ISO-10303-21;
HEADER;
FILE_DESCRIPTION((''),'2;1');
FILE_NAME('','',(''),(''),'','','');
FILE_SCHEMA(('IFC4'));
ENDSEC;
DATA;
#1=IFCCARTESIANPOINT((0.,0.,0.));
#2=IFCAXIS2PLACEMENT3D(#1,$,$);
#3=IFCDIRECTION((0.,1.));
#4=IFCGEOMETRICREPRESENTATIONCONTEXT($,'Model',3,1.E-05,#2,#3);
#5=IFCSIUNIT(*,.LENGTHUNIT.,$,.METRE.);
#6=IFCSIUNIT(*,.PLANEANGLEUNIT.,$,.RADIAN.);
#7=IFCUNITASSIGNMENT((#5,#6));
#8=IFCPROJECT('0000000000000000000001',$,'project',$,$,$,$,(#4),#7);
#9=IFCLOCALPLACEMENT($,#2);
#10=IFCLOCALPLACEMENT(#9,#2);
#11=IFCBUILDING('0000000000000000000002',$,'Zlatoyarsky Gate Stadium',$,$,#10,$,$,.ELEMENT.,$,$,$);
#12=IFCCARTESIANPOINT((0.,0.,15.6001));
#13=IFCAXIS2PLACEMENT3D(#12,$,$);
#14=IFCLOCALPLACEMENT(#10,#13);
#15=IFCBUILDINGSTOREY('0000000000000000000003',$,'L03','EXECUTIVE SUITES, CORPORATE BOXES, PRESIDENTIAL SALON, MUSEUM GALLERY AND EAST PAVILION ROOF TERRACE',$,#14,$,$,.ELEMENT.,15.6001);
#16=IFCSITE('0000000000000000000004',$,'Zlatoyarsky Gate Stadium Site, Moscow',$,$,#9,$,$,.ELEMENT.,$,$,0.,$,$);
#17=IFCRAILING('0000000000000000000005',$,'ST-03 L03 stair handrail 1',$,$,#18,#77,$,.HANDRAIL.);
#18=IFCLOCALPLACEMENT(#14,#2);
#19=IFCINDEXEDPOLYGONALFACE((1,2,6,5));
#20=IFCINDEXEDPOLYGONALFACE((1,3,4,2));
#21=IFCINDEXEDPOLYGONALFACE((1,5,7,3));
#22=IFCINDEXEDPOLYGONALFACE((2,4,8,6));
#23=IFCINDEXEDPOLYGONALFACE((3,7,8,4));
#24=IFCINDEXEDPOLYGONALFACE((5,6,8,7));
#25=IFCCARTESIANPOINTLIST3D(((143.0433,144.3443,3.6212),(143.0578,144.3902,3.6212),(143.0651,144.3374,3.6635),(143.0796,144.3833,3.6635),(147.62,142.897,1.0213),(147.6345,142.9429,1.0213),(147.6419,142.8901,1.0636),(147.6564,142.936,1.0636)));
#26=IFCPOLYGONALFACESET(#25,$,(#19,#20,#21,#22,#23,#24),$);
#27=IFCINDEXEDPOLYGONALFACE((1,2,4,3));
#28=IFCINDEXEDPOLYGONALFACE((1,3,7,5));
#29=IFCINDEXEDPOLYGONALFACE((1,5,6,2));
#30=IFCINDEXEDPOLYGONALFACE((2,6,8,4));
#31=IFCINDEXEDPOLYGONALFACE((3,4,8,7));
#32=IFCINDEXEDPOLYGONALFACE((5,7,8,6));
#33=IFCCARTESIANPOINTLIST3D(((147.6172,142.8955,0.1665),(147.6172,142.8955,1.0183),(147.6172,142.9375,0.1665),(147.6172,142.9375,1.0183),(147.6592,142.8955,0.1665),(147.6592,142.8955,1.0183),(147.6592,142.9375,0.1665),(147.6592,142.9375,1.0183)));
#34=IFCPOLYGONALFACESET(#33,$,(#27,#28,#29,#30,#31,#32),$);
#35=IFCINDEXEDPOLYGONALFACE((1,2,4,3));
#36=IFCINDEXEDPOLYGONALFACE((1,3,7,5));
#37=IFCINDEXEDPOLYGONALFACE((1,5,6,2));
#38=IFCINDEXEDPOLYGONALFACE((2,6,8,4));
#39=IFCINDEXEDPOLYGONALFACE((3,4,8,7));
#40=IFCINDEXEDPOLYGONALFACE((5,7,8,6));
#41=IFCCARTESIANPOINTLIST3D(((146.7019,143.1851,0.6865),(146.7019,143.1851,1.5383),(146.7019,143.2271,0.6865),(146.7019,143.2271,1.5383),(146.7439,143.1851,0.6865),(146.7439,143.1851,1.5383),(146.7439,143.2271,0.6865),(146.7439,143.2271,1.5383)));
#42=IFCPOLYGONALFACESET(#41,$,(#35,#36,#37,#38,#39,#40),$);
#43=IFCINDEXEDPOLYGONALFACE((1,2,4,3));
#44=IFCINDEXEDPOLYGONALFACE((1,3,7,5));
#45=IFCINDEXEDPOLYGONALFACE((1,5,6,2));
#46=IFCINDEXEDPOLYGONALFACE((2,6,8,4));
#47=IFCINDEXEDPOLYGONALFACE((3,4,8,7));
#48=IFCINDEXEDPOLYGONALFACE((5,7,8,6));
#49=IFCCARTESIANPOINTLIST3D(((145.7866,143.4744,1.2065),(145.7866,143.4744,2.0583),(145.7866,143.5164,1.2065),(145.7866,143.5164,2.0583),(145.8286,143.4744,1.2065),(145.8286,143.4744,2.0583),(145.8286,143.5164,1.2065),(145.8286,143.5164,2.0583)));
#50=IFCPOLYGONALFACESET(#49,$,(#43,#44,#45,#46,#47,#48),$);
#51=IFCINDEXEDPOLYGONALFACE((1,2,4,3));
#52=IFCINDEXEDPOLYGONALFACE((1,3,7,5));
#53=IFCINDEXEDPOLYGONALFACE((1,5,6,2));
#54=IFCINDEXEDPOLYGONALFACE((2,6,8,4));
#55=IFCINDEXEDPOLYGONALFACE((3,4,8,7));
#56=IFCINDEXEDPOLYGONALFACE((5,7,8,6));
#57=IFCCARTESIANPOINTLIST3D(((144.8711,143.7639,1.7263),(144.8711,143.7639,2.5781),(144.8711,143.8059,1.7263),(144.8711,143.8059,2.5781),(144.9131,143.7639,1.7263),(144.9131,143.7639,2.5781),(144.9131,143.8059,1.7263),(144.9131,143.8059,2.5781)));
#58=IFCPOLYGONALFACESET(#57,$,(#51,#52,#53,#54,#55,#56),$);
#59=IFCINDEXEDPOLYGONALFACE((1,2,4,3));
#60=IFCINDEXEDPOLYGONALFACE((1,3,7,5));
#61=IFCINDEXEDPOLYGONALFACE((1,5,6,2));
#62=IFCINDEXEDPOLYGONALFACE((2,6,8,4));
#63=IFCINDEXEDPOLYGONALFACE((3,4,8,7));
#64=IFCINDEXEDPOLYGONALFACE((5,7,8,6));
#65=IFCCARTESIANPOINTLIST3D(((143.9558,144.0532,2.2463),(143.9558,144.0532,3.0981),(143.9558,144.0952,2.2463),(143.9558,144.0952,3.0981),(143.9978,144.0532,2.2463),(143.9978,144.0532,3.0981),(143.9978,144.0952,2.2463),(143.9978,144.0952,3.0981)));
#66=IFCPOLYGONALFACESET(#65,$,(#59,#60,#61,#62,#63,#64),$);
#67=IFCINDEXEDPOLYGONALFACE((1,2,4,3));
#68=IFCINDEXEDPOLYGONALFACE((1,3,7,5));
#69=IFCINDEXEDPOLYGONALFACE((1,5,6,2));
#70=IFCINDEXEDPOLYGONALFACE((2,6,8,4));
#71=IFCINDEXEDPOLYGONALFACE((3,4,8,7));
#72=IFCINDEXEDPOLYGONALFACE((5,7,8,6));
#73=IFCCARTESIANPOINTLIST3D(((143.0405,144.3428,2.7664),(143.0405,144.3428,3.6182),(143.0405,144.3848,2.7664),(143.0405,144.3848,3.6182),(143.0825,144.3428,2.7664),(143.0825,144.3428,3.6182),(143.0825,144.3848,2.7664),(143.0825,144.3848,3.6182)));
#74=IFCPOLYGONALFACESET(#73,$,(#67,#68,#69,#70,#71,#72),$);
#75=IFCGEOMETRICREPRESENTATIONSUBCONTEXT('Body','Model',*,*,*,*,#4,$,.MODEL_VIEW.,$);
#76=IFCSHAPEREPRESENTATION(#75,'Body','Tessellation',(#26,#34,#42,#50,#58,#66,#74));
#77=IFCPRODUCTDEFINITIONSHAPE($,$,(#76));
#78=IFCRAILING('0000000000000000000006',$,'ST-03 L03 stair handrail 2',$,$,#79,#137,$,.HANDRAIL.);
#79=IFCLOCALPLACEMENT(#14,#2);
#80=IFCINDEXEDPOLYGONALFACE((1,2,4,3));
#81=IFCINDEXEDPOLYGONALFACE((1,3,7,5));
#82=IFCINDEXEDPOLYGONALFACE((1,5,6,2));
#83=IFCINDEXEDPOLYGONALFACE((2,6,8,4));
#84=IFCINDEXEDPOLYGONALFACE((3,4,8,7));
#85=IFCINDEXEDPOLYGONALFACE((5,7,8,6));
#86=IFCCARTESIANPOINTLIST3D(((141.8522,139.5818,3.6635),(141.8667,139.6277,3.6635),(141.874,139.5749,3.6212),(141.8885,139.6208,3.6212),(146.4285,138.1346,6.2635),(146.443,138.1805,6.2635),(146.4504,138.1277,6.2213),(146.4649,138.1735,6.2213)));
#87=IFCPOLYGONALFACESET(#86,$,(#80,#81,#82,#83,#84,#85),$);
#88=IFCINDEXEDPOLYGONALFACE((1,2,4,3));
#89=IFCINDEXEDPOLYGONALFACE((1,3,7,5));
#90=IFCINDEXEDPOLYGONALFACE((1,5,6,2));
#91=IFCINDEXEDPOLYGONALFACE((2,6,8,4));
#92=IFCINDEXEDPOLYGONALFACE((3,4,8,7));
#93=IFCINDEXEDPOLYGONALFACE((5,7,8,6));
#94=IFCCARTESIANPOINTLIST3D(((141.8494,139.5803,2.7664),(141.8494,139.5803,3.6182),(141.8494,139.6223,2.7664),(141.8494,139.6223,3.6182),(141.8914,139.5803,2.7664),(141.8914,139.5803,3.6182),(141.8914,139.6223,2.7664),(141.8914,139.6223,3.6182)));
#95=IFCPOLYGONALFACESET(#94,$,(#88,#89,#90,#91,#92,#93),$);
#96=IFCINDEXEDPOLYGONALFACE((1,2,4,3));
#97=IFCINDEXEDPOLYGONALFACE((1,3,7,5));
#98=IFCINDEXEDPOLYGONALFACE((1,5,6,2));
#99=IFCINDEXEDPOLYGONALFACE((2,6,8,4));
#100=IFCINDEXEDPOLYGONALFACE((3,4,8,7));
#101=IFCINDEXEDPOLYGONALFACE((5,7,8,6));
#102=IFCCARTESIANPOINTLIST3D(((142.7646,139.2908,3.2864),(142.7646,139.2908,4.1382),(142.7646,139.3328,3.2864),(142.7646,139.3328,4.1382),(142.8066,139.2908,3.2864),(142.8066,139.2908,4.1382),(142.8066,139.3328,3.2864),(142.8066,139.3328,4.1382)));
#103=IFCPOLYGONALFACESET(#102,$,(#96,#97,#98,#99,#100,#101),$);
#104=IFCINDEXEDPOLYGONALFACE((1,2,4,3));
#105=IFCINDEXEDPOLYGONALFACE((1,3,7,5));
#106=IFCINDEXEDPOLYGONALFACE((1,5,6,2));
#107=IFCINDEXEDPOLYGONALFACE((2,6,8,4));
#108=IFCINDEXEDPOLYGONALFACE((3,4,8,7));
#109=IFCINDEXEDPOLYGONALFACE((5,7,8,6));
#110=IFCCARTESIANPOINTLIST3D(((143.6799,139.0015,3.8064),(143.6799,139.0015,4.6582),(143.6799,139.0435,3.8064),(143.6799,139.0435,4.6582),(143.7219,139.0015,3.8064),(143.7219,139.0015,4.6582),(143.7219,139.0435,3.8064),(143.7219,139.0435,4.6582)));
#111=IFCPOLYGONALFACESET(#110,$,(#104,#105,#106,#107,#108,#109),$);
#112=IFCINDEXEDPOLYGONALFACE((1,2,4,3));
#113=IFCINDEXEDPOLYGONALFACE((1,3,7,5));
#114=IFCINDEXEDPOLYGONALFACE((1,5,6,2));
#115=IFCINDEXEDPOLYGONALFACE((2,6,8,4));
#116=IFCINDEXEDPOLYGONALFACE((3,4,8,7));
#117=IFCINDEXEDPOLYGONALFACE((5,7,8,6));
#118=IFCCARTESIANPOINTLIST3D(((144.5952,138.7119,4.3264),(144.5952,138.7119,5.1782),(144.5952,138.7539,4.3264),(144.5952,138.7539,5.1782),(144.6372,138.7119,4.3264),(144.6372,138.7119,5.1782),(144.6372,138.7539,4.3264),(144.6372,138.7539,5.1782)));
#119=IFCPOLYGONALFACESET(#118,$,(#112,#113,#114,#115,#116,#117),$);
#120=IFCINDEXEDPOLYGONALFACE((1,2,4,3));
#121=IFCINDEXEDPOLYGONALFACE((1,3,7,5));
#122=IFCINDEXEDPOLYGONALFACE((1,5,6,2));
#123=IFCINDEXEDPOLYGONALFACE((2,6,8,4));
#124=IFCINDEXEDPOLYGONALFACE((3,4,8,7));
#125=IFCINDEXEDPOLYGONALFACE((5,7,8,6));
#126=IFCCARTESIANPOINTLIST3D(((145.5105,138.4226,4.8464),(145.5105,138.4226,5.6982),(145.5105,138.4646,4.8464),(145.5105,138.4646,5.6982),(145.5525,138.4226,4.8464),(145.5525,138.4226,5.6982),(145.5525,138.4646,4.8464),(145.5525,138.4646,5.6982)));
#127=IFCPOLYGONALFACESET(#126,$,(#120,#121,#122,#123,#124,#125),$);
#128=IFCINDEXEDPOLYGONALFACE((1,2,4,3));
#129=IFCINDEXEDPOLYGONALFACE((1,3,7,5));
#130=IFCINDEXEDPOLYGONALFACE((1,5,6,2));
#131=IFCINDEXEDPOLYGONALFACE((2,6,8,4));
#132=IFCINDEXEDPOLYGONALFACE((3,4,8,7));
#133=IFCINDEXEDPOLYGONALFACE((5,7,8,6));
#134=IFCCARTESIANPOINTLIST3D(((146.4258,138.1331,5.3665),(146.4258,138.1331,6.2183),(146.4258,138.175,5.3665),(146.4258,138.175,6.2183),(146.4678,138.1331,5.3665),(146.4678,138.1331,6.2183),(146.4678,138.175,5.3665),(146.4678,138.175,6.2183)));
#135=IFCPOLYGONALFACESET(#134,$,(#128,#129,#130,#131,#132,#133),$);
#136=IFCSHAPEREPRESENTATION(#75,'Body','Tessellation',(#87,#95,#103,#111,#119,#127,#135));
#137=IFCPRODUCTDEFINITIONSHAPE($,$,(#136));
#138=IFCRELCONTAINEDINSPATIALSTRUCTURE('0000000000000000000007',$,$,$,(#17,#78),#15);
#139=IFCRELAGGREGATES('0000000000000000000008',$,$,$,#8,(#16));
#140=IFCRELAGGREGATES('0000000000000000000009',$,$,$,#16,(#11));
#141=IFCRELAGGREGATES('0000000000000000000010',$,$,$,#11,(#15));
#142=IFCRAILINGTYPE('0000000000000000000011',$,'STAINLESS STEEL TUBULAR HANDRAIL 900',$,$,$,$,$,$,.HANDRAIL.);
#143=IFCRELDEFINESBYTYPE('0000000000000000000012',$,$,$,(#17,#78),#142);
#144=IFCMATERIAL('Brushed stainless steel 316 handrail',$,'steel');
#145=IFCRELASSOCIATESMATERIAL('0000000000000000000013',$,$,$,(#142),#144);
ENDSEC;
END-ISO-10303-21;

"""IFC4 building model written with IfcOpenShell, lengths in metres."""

from ifc_helpers import new_model, si_unit, direction, frame, origin, origin_2d, place, context, subcontext, project, spatial, rectangle, extrude, material, type_object, element, save


model = new_model("IFC4")

# Units and contexts
model_context = context("Model", 3, precision=1e-05, world=origin(), true_north=direction((0.0, 1.0)))
body_context = subcontext(model_context, "Body", "Model", "MODEL_VIEW")
ifc_project = project(units=[si_unit("LENGTHUNIT", "METRE"), si_unit("PLANEANGLEUNIT", "RADIAN")], contexts=[model_context])

# Site, building, storey
site_placement = place(None, origin())
site = spatial("IfcSite", under=ifc_project, at=site_placement, Name="Zlatoyarsky Gate Stadium Site, Moscow", CompositionType="ELEMENT", RefElevation=0.0)
building_placement = place(site_placement, origin())
building = spatial("IfcBuilding", under=site, at=building_placement, Name="Zlatoyarsky Gate Stadium", CompositionType="ELEMENT")
storey_placement = place(building_placement, frame((0.0, 0.0, 15.6001)))
storey = spatial("IfcBuildingStorey", under=building, at=storey_placement, Name="L03", Description="EXECUTIVE SUITES, CORPORATE BOXES, PRESIDENTIAL SALON, MUSEUM GALLERY AND EAST PAVILION ROOF TERRACE", CompositionType="ELEMENT", Elevation=15.6001)

# Railings
ifc_material_1 = material(Name="Brushed stainless steel 316 handrail", Category="steel")
railing_type_1 = type_object("IfcRailingType", Name="STAINLESS STEEL TUBULAR HANDRAIL 900", PredefinedType="HANDRAIL", material=ifc_material_1)
railing_1_placement = place(storey_placement, frame((147.6382, 142.9165, 0.1665)))
element("IfcRailing", 1, at=railing_1_placement, inside=storey, type_object=railing_type_1, Name="ST-03 L03 stair handrail 1", PredefinedType="HANDRAIL", context=body_context, shape_type="SweptSolid", body=[
    extrude(rectangle(XDim=0.0481, YDim=0.0481, at=origin_2d()), frame((0.0, 0.0, 0.876), z_axis=(-0.838384, 0.26512, 0.476259), x_axis=(-0.301511, -0.953463, 0.0)), (0.0, 0.0, 1.0), 5.459),
    extrude(rectangle(XDim=0.042, YDim=0.042, at=origin_2d()), origin(), (0.0, 0.0, 1.0), 0.8518),
    extrude(rectangle(XDim=0.042, YDim=0.042, at=origin_2d()), frame((-0.9153, 0.2896, 0.52)), (0.0, 0.0, 1.0), 0.8518),
    extrude(rectangle(XDim=0.042, YDim=0.042, at=origin_2d()), frame((-1.8306, 0.5789, 1.04)), (0.0, 0.0, 1.0), 0.8518),
    extrude(rectangle(XDim=0.042, YDim=0.042, at=origin_2d()), frame((-2.7461, 0.8684, 1.5598)), (0.0, 0.0, 1.0), 0.8518),
    extrude(rectangle(XDim=0.042, YDim=0.042, at=origin_2d()), frame((-3.6614, 1.1577, 2.0798)), (0.0, 0.0, 1.0), 0.8518),
    extrude(rectangle(XDim=0.042, YDim=0.042, at=origin_2d()), frame((-4.5767, 1.4473, 2.5999)), (0.0, 0.0, 1.0), 0.8518),
])
railing_2_placement = place(storey_placement, frame((141.8704, 139.6013, 2.7664)))
element("IfcRailing", 2, at=railing_2_placement, inside=storey, type_object=railing_type_1, Name="ST-03 L03 stair handrail 2", PredefinedType="HANDRAIL", context=body_context, shape_type="SweptSolid", body=[
    extrude(rectangle(XDim=0.0481, YDim=0.0481, at=origin_2d()), frame((0.0, 0.0, 0.876), z_axis=(0.838353, -0.265124, 0.476312), x_axis=(0.301526, 0.953458, 0.0)), (0.0, 0.0, 1.0), 5.4587),
    extrude(rectangle(XDim=0.042, YDim=0.042, at=origin_2d()), origin(), (0.0, 0.0, 1.0), 0.8518),
    extrude(rectangle(XDim=0.042, YDim=0.042, at=origin_2d()), frame((0.9153, -0.2896, 0.52)), (0.0, 0.0, 1.0), 0.8518),
    extrude(rectangle(XDim=0.042, YDim=0.042, at=origin_2d()), frame((1.8306, -0.5789, 1.04)), (0.0, 0.0, 1.0), 0.8518),
    extrude(rectangle(XDim=0.042, YDim=0.042, at=origin_2d()), frame((2.7458, -0.8684, 1.5601)), (0.0, 0.0, 1.0), 0.8518),
    extrude(rectangle(XDim=0.042, YDim=0.042, at=origin_2d()), frame((3.6611, -1.1577, 2.0801)), (0.0, 0.0, 1.0), 0.8518),
    extrude(rectangle(XDim=0.042, YDim=0.042, at=origin_2d()), frame((4.5764, -1.4473, 2.6001)), (0.0, 0.0, 1.0), 0.8518),
])

save(model, "model.ifc")
